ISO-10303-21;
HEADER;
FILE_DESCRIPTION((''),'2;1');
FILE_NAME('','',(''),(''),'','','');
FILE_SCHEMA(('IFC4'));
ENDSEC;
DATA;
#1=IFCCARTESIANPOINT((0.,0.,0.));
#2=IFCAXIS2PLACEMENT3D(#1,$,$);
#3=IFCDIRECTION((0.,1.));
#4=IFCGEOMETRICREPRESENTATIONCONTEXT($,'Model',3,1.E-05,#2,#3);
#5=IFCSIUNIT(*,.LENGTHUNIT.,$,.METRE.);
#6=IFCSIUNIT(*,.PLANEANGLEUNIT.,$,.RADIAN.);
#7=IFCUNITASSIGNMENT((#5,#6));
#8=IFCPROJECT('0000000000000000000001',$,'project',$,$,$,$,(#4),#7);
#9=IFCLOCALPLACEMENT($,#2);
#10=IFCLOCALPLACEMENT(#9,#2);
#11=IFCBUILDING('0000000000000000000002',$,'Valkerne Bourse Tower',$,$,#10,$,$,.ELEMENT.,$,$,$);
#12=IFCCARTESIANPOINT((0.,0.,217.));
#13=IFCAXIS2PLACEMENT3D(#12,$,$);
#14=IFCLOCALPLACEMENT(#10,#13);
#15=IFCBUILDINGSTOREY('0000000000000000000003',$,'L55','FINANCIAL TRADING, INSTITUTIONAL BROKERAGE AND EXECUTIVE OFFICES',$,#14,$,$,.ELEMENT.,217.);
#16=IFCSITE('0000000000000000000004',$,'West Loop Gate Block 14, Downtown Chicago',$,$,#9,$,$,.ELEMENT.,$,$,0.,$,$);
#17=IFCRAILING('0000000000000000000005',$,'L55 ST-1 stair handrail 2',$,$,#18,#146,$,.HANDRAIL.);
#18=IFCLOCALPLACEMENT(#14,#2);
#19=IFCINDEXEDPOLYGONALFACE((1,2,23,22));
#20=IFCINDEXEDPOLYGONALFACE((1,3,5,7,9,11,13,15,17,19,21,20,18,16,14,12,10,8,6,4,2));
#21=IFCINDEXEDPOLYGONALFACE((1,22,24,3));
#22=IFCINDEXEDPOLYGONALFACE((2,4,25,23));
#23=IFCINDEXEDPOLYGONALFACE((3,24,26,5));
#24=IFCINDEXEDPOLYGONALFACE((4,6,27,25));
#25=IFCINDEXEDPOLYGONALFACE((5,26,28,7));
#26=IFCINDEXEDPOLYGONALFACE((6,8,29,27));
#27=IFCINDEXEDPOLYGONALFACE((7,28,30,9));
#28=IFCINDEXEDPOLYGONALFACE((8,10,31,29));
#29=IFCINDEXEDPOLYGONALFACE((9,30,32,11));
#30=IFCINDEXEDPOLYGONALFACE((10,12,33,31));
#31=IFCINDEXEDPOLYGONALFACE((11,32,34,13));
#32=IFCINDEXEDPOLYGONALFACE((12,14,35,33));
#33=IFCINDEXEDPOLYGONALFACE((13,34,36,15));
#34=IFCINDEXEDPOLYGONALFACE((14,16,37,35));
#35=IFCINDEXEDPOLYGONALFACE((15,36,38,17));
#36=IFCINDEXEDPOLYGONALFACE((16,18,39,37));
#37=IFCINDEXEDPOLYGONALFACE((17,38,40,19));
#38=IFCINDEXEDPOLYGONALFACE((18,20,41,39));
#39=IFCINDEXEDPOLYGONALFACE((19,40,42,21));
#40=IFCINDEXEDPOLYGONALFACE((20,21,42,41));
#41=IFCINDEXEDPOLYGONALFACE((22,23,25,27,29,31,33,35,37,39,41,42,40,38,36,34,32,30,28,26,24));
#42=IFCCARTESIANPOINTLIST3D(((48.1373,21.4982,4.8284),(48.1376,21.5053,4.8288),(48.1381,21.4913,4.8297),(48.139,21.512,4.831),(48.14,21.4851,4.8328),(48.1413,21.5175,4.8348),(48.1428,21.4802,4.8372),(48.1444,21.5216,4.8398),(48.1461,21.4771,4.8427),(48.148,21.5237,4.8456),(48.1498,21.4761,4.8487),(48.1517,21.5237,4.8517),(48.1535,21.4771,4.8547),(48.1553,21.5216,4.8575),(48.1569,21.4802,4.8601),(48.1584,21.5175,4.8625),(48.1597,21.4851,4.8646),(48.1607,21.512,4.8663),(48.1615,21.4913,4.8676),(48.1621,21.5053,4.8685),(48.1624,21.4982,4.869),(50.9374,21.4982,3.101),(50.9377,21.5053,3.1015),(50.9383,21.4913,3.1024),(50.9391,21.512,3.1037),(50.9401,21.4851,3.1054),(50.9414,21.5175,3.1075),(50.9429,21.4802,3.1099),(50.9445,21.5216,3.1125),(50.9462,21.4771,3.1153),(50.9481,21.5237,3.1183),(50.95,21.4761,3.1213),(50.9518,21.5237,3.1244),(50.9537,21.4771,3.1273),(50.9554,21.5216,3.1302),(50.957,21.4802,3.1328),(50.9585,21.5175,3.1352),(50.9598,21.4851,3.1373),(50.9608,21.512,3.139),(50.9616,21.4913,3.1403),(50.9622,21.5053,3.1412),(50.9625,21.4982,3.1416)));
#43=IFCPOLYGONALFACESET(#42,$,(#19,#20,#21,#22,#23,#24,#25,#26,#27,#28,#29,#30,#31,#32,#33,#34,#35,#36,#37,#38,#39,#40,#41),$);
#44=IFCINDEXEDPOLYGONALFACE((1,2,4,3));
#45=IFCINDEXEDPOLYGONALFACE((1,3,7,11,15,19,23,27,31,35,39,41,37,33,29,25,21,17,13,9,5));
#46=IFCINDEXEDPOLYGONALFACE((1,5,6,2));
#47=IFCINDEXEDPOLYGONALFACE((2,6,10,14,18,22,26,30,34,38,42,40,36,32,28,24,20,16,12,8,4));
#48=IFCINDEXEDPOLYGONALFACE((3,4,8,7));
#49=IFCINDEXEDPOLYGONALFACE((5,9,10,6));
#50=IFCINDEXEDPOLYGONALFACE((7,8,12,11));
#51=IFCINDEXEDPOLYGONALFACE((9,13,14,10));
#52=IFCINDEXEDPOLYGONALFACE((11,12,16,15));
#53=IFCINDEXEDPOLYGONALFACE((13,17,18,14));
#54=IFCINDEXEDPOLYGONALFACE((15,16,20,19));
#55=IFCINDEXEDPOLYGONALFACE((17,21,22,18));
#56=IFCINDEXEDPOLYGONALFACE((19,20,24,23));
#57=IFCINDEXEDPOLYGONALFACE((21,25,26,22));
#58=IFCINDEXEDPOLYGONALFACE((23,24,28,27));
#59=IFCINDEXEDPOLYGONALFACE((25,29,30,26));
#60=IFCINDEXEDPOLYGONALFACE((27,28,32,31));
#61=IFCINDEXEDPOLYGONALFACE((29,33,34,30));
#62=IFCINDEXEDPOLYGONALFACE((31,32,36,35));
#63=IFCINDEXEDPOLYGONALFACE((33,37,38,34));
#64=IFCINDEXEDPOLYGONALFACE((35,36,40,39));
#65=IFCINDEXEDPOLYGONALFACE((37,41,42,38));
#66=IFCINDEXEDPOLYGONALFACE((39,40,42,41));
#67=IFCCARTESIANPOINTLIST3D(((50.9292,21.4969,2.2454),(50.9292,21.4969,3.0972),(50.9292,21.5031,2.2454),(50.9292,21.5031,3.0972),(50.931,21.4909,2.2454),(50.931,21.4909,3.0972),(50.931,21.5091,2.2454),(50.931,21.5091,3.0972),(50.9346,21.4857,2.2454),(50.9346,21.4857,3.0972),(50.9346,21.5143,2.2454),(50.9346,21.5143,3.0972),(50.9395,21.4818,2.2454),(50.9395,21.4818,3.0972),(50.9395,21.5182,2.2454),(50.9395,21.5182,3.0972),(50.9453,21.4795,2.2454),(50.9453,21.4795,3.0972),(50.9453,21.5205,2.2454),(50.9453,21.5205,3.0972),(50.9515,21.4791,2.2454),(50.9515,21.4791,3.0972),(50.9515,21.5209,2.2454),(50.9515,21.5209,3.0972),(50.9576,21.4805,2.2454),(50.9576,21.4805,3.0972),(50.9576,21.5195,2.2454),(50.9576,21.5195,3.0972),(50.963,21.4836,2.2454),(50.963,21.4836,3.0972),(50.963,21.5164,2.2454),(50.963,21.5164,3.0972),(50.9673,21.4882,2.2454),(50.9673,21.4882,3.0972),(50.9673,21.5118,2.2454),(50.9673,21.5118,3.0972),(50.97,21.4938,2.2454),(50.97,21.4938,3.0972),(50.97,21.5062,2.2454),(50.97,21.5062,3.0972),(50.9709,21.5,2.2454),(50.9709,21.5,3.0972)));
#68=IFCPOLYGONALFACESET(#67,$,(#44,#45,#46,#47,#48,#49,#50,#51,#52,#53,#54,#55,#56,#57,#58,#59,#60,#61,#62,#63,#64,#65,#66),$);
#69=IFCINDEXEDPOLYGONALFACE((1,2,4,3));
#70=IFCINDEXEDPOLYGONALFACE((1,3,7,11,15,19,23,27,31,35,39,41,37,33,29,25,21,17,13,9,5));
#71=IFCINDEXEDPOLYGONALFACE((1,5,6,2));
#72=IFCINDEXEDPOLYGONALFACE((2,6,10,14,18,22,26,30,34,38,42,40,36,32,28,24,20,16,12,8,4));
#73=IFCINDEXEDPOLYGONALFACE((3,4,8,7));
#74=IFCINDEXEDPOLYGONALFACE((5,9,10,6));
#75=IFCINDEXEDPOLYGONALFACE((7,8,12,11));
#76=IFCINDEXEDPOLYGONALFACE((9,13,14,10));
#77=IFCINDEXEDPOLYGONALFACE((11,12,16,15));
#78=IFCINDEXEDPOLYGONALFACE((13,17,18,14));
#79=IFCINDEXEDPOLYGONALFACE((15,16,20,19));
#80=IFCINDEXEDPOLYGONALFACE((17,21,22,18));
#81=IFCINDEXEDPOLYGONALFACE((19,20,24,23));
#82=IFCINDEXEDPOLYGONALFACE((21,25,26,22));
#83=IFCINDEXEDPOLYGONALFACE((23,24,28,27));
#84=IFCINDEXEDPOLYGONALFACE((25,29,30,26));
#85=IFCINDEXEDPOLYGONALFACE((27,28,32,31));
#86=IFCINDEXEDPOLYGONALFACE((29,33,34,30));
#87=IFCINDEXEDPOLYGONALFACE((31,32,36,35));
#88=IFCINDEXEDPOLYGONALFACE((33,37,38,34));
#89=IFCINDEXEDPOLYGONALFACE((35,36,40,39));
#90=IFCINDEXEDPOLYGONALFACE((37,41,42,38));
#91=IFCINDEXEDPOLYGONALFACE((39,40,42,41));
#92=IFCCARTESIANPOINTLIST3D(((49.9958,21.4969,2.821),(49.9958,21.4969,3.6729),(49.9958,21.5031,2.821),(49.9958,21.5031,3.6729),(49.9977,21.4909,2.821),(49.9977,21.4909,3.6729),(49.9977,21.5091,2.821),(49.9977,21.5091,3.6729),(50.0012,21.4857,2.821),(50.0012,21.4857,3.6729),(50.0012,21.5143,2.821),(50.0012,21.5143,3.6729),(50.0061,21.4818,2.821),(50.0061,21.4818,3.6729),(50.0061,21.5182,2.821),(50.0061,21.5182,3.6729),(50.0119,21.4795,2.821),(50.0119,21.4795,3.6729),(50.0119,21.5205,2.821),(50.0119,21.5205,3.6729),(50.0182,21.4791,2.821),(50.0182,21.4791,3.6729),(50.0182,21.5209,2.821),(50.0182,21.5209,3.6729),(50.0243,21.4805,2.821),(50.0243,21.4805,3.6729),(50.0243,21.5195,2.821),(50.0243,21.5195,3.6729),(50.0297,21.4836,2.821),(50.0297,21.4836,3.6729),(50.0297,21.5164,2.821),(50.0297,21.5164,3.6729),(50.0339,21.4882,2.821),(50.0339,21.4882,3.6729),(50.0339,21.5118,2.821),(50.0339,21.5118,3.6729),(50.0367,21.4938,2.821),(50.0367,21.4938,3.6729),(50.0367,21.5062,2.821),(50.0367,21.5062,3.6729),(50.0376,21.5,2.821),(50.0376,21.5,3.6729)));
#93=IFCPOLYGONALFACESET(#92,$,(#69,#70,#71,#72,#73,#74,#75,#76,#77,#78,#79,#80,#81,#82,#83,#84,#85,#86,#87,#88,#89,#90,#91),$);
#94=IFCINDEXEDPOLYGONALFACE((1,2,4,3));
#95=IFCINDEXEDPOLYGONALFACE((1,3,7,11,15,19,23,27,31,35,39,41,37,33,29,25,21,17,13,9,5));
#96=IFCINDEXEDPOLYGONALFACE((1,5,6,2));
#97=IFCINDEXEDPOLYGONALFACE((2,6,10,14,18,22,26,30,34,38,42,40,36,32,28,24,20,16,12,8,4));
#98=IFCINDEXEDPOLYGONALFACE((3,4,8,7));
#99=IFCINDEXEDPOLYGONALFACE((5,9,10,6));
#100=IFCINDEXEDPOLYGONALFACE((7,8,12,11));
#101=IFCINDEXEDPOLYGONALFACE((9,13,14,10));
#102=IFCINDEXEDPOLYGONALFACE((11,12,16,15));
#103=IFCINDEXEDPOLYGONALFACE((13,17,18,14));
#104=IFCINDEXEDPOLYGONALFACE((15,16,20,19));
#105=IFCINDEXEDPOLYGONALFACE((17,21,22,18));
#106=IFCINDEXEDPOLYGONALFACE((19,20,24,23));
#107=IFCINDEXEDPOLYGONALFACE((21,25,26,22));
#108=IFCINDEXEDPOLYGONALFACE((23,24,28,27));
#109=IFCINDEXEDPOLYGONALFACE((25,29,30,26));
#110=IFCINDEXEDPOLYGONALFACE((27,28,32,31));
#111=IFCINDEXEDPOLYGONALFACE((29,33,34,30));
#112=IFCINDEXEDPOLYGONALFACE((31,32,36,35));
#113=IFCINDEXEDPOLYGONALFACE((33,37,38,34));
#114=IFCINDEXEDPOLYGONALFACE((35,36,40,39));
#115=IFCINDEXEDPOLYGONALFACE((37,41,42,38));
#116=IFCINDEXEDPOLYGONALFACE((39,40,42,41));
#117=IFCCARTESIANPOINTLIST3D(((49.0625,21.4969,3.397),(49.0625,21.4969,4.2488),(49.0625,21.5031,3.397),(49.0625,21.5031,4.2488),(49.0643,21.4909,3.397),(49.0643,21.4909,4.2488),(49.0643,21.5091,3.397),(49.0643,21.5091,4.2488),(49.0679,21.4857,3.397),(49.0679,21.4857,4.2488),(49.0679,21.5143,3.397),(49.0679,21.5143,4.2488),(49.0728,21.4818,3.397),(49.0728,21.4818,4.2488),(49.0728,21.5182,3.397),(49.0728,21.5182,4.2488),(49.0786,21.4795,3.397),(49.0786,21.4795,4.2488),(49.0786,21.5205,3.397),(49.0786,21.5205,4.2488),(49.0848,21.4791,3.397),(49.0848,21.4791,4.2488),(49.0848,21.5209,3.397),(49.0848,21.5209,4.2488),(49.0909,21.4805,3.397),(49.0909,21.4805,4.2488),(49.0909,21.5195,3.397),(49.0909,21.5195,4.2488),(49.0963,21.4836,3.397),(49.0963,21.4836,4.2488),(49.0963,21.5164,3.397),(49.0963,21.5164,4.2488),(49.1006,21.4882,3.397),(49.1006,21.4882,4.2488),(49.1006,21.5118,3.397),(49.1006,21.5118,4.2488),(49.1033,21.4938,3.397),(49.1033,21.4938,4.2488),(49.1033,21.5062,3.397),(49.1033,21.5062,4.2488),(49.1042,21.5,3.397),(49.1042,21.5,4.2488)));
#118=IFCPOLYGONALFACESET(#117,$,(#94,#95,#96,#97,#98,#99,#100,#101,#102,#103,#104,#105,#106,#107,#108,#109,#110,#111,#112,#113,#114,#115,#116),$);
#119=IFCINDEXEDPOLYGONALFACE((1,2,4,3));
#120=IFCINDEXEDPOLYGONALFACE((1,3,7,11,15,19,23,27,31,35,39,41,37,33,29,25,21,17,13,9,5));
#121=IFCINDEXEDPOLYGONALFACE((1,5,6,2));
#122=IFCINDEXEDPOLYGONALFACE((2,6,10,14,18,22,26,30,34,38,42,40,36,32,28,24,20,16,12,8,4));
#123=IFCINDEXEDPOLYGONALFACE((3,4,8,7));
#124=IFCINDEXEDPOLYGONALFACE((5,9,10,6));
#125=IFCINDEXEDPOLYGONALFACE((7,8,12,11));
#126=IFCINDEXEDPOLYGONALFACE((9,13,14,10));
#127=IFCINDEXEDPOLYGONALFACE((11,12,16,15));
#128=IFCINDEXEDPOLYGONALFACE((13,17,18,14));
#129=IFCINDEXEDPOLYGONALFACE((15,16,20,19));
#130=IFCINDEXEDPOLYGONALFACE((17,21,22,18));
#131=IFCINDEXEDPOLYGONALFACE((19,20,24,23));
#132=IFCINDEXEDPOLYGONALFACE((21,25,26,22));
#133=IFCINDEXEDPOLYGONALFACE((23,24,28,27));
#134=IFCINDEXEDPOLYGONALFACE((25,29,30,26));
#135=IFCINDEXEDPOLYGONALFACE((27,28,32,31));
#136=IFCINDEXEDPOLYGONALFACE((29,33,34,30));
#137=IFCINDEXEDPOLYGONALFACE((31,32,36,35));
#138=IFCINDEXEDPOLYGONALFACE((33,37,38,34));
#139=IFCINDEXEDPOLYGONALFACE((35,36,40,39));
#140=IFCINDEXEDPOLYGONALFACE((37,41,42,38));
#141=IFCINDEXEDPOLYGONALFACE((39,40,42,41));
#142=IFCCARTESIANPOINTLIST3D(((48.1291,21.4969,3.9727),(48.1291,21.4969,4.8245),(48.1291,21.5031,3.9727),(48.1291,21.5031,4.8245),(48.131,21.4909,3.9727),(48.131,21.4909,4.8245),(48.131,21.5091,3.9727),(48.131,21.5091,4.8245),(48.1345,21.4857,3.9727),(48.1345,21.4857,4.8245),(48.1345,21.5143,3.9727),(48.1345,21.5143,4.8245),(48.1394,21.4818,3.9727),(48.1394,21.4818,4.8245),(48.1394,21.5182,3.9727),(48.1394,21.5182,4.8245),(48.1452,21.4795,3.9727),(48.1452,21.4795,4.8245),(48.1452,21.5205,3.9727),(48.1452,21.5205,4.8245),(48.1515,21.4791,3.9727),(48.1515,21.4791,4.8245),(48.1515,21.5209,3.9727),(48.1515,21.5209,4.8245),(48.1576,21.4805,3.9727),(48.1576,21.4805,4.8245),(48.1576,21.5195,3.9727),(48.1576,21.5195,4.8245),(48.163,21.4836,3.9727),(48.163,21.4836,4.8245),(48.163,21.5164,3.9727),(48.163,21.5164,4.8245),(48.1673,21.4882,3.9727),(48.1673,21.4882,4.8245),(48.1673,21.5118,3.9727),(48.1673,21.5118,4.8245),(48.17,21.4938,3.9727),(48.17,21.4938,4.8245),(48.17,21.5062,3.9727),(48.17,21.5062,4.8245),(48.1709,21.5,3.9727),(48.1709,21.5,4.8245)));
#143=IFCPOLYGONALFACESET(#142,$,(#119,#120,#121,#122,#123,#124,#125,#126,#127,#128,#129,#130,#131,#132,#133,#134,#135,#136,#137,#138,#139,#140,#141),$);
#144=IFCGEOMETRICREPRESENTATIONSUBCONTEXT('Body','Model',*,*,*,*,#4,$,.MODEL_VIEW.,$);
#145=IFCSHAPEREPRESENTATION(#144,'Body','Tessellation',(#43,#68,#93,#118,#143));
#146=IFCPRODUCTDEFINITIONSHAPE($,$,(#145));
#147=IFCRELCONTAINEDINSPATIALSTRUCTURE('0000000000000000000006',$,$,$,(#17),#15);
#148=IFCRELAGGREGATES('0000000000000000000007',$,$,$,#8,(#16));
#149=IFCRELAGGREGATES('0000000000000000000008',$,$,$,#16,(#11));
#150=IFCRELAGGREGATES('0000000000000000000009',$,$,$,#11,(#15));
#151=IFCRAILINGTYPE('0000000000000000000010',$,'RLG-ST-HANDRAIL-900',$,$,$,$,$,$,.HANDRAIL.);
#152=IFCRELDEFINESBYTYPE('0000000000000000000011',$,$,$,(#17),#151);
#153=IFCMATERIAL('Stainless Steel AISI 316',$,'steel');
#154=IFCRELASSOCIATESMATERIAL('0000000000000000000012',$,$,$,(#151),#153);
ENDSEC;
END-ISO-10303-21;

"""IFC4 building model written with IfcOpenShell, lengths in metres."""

from ifc_helpers import new_model, si_unit, direction, frame, origin, origin_2d, place, context, subcontext, project, spatial, circle, extrude, material, type_object, element, save


model = new_model("IFC4")

# Units and contexts
model_context = context("Model", 3, precision=1e-05, world=origin(), true_north=direction((0.0, 1.0)))
body_context = subcontext(model_context, "Body", "Model", "MODEL_VIEW")
ifc_project = project(units=[si_unit("LENGTHUNIT", "METRE"), si_unit("PLANEANGLEUNIT", "RADIAN")], contexts=[model_context])

# Site, building, storey
site_placement = place(None, origin())
site = spatial("IfcSite", under=ifc_project, at=site_placement, Name="West Loop Gate Block 14, Downtown Chicago", CompositionType="ELEMENT", RefElevation=0.0)
building_placement = place(site_placement, origin())
building = spatial("IfcBuilding", under=site, at=building_placement, Name="Valkerne Bourse Tower", CompositionType="ELEMENT")
storey_placement = place(building_placement, frame((0.0, 0.0, 217.0)))
storey = spatial("IfcBuildingStorey", under=building, at=storey_placement, Name="L55", Description="FINANCIAL TRADING, INSTITUTIONAL BROKERAGE AND EXECUTIVE OFFICES", CompositionType="ELEMENT", Elevation=217.0)

# Shared definitions
ifc_material_1 = material(Name="Stainless Steel AISI 316", Category="steel")

# Railing
railing_type_1 = type_object("IfcRailingType", Name="RLG-ST-HANDRAIL-900", PredefinedType="HANDRAIL", material=ifc_material_1)
railing_1_placement = place(storey_placement, frame((50.95, 21.5, 2.2454)))
element("IfcRailing", 1, at=railing_1_placement, inside=storey, type_object=railing_type_1, Name="L55 ST-1 stair handrail 2", PredefinedType="HANDRAIL", context=body_context, shape_type="SweptSolid", body=[
    extrude(circle(Radius=0.0239, at=origin_2d()), frame((0.0, 0.0, 0.876), z_axis=(-0.85109, 0.0, 0.52502), x_axis=(0.0, -1.0, 0.0)), (0.0, 0.0, 1.0), 3.29),
    extrude(circle(Radius=0.021, at=origin_2d()), origin(), (0.0, 0.0, 1.0), 0.8518),
    extrude(circle(Radius=0.021, at=origin_2d()), frame((-0.9333, 0.0, 0.5757)), (0.0, 0.0, 1.0), 0.8518),
    extrude(circle(Radius=0.021, at=origin_2d()), frame((-1.8667, 0.0, 1.1516)), (0.0, 0.0, 1.0), 0.8518),
    extrude(circle(Radius=0.021, at=origin_2d()), frame((-2.8, 0.0, 1.7273)), (0.0, 0.0, 1.0), 0.8518),
])

save(model, "model.ifc")
